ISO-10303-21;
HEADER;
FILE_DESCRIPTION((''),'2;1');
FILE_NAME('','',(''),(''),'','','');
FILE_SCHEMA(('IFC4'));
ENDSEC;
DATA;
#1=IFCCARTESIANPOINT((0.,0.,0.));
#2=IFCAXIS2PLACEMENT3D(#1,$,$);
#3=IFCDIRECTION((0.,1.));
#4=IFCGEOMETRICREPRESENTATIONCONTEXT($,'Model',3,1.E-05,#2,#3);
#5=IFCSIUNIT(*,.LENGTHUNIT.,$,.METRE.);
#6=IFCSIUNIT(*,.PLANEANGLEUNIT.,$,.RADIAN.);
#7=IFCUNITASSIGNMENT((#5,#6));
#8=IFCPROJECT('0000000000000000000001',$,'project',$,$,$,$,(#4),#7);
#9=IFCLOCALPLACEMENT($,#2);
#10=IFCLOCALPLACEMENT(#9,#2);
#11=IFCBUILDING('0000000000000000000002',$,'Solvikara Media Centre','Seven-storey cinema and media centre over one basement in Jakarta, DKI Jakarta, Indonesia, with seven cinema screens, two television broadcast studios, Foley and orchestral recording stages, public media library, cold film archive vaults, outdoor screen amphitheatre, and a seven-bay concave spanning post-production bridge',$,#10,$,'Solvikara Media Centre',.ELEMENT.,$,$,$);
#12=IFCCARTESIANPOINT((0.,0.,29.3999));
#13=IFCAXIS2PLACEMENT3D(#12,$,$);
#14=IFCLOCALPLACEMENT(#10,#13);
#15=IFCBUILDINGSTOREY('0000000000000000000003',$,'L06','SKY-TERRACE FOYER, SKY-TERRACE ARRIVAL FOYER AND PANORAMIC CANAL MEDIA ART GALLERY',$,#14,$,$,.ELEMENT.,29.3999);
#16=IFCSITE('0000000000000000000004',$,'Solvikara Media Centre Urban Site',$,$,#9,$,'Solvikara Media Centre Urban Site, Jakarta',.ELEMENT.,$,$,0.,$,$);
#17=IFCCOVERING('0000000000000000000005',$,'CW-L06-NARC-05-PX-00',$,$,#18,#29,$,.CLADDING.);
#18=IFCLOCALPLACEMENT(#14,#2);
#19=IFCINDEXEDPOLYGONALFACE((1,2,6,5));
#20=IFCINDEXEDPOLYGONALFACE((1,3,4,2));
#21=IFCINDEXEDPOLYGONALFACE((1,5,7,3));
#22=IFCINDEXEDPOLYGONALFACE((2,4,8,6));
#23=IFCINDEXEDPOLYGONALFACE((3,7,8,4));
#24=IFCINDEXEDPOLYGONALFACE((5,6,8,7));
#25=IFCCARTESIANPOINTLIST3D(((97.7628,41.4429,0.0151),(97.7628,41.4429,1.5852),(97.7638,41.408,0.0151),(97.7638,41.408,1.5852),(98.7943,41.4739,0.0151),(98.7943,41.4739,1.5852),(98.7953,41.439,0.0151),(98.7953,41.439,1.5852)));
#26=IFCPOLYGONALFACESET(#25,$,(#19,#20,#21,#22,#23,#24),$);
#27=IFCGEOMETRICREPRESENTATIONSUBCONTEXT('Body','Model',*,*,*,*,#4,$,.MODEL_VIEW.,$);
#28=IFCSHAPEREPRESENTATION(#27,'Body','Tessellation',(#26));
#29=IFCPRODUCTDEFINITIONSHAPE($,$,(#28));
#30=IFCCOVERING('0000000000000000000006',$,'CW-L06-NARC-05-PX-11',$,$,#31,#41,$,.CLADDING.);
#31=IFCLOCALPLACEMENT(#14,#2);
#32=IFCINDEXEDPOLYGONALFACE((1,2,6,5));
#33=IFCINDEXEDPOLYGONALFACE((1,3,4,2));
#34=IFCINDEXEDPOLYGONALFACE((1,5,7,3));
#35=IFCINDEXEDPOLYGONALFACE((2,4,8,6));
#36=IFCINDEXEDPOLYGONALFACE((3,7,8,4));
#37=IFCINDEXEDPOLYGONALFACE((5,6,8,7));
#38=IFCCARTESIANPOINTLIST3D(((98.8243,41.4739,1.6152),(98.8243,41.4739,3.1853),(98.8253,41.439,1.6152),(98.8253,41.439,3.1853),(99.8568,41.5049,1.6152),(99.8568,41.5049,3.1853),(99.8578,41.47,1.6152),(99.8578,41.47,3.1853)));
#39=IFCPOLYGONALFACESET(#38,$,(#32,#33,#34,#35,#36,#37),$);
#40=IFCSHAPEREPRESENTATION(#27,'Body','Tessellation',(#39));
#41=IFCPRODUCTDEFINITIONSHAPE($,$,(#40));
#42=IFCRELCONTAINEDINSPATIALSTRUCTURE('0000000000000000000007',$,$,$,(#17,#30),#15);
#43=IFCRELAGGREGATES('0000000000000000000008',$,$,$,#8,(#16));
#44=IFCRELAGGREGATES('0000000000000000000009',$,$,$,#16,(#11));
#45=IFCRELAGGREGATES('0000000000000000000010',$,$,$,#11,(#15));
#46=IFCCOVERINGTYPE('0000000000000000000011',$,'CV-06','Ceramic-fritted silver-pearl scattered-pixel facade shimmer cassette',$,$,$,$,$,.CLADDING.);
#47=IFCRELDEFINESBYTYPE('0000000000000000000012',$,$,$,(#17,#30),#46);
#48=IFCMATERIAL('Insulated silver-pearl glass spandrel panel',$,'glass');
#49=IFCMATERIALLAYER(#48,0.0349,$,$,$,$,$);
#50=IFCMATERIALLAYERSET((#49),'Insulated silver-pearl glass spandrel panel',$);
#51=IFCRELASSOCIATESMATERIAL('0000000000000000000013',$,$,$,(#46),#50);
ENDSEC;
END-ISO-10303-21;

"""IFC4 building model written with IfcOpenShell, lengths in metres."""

from ifc_helpers import new_model, si_unit, direction, frame, origin, origin_2d, place, context, subcontext, project, spatial, rectangle, extrude, material, layer, layer_set, type_object, element, save


model = new_model("IFC4")

# Units and contexts
model_context = context("Model", 3, precision=1e-05, world=origin(), true_north=direction((0.0, 1.0)))
body_context = subcontext(model_context, "Body", "Model", "MODEL_VIEW")
ifc_project = project(units=[si_unit("LENGTHUNIT", "METRE"), si_unit("PLANEANGLEUNIT", "RADIAN")], contexts=[model_context])

# Site, building, storey
site_placement = place(None, origin())
site = spatial("IfcSite", under=ifc_project, at=site_placement, Name="Solvikara Media Centre Urban Site", LongName="Solvikara Media Centre Urban Site, Jakarta", CompositionType="ELEMENT", RefElevation=0.0)
building_placement = place(site_placement, origin())
building = spatial("IfcBuilding", under=site, at=building_placement, Name="Solvikara Media Centre", Description="Seven-storey cinema and media centre over one basement in Jakarta, DKI Jakarta, Indonesia, with seven cinema screens, two television broadcast studios, Foley and orchestral recording stages, public media library, cold film archive vaults, outdoor screen amphitheatre, and a seven-bay concave spanning post-production bridge", LongName="Solvikara Media Centre", CompositionType="ELEMENT")
storey_placement = place(building_placement, frame((0.0, 0.0, 29.3999)))
storey = spatial("IfcBuildingStorey", under=building, at=storey_placement, Name="L06", Description="SKY-TERRACE FOYER, SKY-TERRACE ARRIVAL FOYER AND PANORAMIC CANAL MEDIA ART GALLERY", CompositionType="ELEMENT", Elevation=29.3999)

# Shared definitions
ifc_material_1 = material(Name="Insulated silver-pearl glass spandrel panel", Category="glass")

# Coverings
ifc_layer_1 = layer(ifc_material_1, 0.0349)
ifc_layer_set_1 = layer_set([ifc_layer_1], Name="Insulated silver-pearl glass spandrel panel")
covering_type_1 = type_object("IfcCoveringType", Name="CV-06", Description="Ceramic-fritted silver-pearl scattered-pixel facade shimmer cassette", PredefinedType="CLADDING", material=ifc_layer_set_1)
covering_1_placement = place(storey_placement, frame((98.2791, 41.4409, 0.0151), z_axis=(0.0, 0.0, 1.0), x_axis=(0.999549, 0.030033, 0.0)))
element("IfcCovering", 1, at=covering_1_placement, inside=storey, type_object=covering_type_1, Name="CW-L06-NARC-05-PX-00", PredefinedType="CLADDING", context=body_context, shape_type="SweptSolid", body=[
    extrude(rectangle(XDim=1.032, YDim=0.0349, at=origin_2d()), origin(), (0.0, 0.0, 1.0), 1.5701),
])
covering_2_placement = place(storey_placement, frame((99.3411, 41.4719, 1.6152), z_axis=(0.0, 0.0, 1.0), x_axis=(0.99955, 0.029998, 0.0)))
element("IfcCovering", 2, at=covering_2_placement, inside=storey, type_object=covering_type_1, Name="CW-L06-NARC-05-PX-11", PredefinedType="CLADDING", context=body_context, shape_type="SweptSolid", body=[
    extrude(rectangle(XDim=1.033, YDim=0.0349, at=origin_2d()), origin(), (0.0, 0.0, 1.0), 1.5701),
])

save(model, "model.ifc")
